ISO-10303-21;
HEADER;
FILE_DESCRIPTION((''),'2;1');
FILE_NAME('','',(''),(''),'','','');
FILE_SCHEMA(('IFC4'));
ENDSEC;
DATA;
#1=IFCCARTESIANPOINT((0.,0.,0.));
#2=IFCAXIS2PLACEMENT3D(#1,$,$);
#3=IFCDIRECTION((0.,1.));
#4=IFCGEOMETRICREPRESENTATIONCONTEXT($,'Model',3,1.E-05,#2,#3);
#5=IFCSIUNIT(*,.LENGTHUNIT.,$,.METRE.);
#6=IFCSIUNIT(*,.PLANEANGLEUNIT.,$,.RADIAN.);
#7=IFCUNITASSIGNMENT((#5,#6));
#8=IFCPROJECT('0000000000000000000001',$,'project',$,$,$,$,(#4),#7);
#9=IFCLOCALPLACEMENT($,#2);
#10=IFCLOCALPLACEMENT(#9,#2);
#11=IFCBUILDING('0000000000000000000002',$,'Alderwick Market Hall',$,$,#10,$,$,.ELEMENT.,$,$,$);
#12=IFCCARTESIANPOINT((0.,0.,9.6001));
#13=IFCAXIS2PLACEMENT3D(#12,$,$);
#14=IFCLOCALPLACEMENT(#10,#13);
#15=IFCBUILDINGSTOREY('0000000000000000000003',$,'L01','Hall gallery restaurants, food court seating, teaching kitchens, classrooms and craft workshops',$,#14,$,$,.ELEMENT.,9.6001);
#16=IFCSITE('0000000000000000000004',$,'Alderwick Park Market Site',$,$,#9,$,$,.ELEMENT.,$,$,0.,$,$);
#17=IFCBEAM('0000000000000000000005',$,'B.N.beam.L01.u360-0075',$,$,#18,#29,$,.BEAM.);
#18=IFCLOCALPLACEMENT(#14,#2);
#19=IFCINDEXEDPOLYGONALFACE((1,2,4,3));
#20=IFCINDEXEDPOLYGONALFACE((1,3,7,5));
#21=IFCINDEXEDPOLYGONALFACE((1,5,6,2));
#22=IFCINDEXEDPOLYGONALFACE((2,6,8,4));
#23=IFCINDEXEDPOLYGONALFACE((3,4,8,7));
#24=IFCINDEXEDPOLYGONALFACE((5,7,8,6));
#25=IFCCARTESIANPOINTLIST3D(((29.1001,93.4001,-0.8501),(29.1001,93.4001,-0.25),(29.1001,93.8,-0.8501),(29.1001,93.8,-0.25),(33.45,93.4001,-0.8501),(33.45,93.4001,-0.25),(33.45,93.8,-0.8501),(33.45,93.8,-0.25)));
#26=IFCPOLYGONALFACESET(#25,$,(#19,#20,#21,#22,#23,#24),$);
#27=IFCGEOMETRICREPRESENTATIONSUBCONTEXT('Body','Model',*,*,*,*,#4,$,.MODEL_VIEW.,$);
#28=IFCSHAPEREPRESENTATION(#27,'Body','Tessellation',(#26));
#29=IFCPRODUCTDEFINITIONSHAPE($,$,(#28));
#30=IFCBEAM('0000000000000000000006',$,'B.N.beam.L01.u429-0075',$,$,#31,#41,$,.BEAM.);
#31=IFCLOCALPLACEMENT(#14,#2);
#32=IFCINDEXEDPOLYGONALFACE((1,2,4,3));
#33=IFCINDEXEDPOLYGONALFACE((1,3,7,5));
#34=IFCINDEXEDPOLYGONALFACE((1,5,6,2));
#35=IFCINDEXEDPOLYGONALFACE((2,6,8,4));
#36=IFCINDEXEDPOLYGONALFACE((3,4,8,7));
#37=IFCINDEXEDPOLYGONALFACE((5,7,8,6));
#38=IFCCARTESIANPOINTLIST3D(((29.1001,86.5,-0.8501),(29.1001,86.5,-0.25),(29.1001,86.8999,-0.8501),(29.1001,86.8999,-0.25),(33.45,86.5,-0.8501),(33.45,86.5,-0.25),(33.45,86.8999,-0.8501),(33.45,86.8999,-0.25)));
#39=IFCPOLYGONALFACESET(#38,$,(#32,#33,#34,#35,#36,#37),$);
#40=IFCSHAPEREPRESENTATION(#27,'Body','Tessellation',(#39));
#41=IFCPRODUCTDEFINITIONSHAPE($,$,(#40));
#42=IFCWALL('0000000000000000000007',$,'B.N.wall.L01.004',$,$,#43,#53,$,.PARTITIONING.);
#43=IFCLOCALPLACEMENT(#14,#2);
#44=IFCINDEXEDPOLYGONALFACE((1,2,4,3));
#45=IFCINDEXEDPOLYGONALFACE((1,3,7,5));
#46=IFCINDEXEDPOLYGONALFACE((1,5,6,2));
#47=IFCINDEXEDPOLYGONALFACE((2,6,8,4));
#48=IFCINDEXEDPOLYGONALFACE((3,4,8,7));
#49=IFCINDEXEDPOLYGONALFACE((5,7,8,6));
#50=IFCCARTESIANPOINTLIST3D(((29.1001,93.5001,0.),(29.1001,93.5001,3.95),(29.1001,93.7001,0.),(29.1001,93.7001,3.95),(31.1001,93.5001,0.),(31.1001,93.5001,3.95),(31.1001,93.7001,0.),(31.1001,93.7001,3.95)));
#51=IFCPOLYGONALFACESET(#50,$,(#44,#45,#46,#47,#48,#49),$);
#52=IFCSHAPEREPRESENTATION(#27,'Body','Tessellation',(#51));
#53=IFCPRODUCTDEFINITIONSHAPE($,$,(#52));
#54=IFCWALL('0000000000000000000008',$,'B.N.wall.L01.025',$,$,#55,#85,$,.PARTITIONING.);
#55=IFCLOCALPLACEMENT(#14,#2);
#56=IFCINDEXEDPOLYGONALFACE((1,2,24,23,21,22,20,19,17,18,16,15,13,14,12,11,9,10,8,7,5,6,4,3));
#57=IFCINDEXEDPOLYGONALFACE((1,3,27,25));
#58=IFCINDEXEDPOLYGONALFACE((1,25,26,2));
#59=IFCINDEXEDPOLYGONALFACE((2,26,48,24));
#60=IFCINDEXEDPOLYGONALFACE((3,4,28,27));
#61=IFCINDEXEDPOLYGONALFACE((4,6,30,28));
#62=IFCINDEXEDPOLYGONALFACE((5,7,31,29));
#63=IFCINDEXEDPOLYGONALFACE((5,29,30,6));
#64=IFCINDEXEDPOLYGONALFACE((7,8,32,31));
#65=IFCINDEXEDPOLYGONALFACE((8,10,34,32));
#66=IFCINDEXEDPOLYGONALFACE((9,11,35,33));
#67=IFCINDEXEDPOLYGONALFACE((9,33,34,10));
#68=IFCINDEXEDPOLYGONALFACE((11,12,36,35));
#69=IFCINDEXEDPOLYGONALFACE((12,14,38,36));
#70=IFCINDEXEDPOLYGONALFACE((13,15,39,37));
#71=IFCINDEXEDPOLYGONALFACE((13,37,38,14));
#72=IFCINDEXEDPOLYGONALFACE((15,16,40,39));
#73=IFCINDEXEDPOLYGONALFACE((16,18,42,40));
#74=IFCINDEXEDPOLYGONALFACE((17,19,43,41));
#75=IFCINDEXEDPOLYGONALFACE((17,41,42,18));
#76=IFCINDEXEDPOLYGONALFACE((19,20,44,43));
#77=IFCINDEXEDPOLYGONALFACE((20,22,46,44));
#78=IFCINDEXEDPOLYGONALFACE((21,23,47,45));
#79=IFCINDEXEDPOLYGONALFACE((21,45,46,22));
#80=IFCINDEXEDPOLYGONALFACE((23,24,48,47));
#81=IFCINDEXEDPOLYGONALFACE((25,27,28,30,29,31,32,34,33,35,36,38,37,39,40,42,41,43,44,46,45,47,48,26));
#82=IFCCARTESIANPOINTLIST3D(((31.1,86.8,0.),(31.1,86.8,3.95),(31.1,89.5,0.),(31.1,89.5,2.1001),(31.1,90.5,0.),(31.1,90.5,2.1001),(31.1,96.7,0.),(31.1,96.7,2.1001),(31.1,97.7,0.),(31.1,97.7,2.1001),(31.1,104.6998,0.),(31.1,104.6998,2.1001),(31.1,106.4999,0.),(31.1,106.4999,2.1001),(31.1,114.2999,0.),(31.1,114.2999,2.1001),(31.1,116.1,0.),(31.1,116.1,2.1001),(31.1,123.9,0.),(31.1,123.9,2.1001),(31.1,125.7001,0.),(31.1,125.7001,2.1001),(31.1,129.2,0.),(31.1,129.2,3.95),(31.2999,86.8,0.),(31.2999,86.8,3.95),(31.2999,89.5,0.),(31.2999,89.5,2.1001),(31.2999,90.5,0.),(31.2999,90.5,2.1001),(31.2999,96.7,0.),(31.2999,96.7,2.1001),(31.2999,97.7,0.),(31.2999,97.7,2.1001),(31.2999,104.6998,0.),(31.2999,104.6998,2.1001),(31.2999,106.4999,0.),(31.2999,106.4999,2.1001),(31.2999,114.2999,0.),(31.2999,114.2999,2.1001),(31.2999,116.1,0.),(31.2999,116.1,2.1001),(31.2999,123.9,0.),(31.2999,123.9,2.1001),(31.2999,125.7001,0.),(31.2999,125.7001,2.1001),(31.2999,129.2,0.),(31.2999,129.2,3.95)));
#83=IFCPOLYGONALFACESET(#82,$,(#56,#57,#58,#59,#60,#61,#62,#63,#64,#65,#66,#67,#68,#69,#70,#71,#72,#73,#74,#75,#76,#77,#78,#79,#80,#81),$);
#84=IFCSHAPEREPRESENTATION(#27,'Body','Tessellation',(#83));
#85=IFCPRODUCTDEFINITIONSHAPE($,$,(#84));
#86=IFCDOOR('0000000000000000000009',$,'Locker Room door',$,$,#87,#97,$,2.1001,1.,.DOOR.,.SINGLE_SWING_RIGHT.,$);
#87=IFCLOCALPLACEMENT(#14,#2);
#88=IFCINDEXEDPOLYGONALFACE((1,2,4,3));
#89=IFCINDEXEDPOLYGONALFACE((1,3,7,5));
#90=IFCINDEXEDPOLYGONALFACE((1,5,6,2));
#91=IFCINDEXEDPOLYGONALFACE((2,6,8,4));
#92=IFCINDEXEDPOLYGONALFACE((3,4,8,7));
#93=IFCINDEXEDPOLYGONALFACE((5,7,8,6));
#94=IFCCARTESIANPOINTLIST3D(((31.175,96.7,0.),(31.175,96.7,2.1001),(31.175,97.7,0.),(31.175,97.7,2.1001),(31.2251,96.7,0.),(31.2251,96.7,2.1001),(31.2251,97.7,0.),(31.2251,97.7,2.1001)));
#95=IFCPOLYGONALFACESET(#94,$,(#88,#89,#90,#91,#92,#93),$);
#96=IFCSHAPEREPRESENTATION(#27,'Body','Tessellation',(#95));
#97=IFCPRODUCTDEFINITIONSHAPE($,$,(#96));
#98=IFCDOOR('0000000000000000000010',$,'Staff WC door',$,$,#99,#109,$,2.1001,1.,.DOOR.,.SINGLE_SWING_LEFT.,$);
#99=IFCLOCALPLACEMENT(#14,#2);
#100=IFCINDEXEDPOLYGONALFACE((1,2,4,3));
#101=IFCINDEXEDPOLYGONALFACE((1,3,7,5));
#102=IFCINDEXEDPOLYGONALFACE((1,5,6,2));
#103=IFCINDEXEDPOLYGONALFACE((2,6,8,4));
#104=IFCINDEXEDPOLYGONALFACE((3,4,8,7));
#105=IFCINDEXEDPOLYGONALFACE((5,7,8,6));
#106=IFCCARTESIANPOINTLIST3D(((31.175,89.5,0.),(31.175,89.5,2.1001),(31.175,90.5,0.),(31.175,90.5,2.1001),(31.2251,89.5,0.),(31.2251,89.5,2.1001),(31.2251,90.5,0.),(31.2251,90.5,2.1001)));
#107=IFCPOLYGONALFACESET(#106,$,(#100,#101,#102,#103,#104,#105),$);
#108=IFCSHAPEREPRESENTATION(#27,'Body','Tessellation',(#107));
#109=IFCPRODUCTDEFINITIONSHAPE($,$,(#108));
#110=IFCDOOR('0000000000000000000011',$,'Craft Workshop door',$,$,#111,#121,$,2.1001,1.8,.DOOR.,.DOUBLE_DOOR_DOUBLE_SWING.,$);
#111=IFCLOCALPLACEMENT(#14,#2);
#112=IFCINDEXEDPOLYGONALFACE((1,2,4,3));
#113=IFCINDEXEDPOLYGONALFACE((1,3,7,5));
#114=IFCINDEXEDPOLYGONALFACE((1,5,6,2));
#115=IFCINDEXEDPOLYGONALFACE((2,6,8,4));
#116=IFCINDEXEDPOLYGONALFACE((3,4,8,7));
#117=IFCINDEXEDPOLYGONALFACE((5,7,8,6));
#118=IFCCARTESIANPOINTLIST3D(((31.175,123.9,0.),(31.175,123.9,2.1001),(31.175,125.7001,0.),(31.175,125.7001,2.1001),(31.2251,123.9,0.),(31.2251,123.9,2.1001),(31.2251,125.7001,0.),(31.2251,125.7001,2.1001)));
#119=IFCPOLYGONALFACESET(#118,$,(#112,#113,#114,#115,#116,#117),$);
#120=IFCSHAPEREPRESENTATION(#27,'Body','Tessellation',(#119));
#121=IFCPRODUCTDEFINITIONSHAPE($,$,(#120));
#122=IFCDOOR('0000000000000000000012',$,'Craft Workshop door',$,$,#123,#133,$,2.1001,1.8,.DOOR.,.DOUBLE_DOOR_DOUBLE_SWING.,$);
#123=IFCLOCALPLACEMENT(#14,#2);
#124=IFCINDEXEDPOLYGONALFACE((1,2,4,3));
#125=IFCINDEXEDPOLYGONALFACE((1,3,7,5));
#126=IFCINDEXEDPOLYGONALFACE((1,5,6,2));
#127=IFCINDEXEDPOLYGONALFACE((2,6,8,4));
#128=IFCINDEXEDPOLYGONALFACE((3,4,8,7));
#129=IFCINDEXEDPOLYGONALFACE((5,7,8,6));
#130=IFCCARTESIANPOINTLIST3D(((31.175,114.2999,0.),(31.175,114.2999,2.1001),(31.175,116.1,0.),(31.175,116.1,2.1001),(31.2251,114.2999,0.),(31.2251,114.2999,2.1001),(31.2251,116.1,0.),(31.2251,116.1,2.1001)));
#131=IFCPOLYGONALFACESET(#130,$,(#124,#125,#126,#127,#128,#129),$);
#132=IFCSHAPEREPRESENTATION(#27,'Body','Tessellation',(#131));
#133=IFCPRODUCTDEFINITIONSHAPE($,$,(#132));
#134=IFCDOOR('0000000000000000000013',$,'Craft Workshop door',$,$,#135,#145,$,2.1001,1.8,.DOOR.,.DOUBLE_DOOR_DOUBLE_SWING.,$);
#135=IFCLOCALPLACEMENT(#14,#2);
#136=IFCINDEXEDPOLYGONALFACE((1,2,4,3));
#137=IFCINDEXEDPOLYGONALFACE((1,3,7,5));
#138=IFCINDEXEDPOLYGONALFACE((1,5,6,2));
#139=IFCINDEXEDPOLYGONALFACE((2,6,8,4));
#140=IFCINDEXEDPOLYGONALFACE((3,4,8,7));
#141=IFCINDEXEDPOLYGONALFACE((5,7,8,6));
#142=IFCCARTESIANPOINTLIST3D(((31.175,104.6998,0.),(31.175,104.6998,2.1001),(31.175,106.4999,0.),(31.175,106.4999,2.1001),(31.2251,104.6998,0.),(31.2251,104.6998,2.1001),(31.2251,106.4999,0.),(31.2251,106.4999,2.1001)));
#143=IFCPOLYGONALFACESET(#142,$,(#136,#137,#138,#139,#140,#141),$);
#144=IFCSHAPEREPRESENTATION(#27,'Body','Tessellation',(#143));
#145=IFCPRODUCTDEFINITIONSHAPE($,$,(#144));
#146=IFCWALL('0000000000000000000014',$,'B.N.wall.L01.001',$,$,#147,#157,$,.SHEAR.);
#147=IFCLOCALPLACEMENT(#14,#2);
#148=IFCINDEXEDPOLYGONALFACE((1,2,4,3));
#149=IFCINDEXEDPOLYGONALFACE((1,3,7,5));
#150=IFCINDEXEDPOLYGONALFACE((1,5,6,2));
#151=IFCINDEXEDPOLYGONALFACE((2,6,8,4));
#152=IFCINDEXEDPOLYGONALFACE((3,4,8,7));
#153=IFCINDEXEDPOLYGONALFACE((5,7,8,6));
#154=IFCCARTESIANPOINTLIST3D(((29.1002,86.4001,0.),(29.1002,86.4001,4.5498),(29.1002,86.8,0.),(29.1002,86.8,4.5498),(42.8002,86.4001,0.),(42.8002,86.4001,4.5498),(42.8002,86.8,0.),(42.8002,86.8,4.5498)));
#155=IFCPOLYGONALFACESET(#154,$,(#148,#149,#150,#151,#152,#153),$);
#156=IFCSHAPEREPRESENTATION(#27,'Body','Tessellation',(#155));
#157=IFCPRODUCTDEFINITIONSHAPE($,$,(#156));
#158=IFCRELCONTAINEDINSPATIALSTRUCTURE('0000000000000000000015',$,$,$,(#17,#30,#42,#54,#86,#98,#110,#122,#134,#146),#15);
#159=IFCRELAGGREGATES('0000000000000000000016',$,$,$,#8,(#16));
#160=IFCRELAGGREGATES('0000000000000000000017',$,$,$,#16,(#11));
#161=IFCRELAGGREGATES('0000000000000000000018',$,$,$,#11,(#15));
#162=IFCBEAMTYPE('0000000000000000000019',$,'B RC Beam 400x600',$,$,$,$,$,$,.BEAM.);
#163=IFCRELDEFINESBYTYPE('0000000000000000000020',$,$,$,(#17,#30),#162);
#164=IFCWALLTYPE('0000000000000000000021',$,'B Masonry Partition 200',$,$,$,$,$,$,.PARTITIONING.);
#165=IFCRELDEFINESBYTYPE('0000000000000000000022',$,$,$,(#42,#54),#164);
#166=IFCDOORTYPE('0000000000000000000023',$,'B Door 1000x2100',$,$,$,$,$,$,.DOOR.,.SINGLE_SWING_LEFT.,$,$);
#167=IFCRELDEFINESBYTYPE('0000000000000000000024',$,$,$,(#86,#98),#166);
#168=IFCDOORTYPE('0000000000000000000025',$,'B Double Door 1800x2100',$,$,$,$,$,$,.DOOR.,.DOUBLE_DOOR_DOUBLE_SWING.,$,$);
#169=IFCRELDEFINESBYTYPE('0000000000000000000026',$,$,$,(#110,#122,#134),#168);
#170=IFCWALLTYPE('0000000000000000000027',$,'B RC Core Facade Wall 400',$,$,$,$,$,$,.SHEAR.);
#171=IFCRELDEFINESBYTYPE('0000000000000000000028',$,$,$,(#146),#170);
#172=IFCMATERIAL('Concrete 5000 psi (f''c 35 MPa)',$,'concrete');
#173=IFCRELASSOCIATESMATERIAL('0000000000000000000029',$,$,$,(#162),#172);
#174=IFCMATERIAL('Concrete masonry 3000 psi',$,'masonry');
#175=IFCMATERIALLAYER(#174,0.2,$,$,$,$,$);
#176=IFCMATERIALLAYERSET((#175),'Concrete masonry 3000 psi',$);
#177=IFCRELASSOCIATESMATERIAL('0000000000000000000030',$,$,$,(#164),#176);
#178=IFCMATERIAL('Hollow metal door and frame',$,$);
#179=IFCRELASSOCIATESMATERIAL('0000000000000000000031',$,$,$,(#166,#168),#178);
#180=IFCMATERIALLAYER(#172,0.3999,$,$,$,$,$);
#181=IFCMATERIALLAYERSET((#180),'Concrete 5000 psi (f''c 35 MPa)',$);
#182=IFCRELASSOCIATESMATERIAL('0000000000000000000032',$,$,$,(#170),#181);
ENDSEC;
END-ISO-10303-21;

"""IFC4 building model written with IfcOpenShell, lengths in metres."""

from ifc_helpers import new_model, si_unit, direction, frame, frame_2d, origin, origin_2d, place, context, subcontext, project, spatial, rectangle, extrude, material, layer, layer_set, material_profile, profile_set, type_object, element, fill, save


model = new_model("IFC4")

# Units and contexts
model_context = context("Model", 3, precision=1e-05, world=origin(), true_north=direction((0.0, 1.0)))
body_context = subcontext(model_context, "Body", "Model", "MODEL_VIEW")
ifc_project = project(units=[si_unit("LENGTHUNIT", "METRE"), si_unit("PLANEANGLEUNIT", "RADIAN")], contexts=[model_context])

# Site, building, storey
site_placement = place(None, origin())
site = spatial("IfcSite", under=ifc_project, at=site_placement, Name="Alderwick Park Market Site", CompositionType="ELEMENT", RefElevation=0.0)
building_placement = place(site_placement, origin())
building = spatial("IfcBuilding", under=site, at=building_placement, Name="Alderwick Market Hall", CompositionType="ELEMENT")
storey_placement = place(building_placement, frame((0.0, 0.0, 9.6001)))
storey = spatial("IfcBuildingStorey", under=building, at=storey_placement, Name="L01", Description="Hall gallery restaurants, food court seating, teaching kitchens, classrooms and craft workshops", CompositionType="ELEMENT", Elevation=9.6001)

# Beams
ifc_material_1 = material(Name="Concrete 5000 psi (f'c 35 MPa)", Category="concrete")
ifc_material_profile = material_profile(ifc_material_1, rectangle(XDim=0.3999, YDim=0.6001, at=origin_2d()), Name="B RC Beam 400x600")
ifc_profile_set = profile_set([ifc_material_profile], Name="Concrete 5000 psi (f'c 35 MPa)")
beam_type = type_object("IfcBeamType", Name="B RC Beam 400x600", PredefinedType="BEAM", material=ifc_profile_set)
for number, where, z_axis, x_axis, name in (
    (1, (29.1001, 93.6001, -0.55), (1.0, 0.0, 0.0), (0.0, 1.0, 0.0), "B.N.beam.L01.u360-0075"),
    (2, (29.1001, 86.7, -0.55), (1.0, 0.0, 0.0), (0.0, 1.0, 0.0), "B.N.beam.L01.u429-0075"),
):
    element("IfcBeam", number, at=place(storey_placement, frame(where, z_axis=z_axis, x_axis=x_axis)), inside=storey, type_object=beam_type, Name=name, PredefinedType="BEAM", context=body_context, shape_type="SweptSolid", body=[
        extrude(rectangle(XDim=0.3999, YDim=0.6001, at=origin_2d()), origin(), (0.0, 0.0, 1.0), 4.3499),
    ])

# Wall
ifc_material_2 = material(Name="Concrete masonry 3000 psi", Category="masonry")
ifc_layer_1 = layer(ifc_material_2, 0.2)
ifc_layer_set_1 = layer_set([ifc_layer_1], Name="Concrete masonry 3000 psi")
wall_type_1 = type_object("IfcWallType", Name="B Masonry Partition 200", PredefinedType="PARTITIONING", material=ifc_layer_set_1)
wall_1_placement = place(storey_placement, frame((29.1001, 93.6001, 0.0), z_axis=(0.0, 0.0, 1.0), x_axis=(1.0, 0.0, 0.0)))
element("IfcWall", 3, at=wall_1_placement, inside=storey, type_object=wall_type_1, Name="B.N.wall.L01.004", PredefinedType="PARTITIONING", context=body_context, shape_type="SweptSolid", body=[
    extrude(rectangle(XDim=2.0, YDim=0.2, at=frame_2d((1.0, 0.0))), origin(), (0.0, 0.0, 1.0), 3.95),
])

# Wall, openings, doors
wall_2_placement = place(storey_placement, frame((31.2, 86.8, 0.0), z_axis=(0.0, 0.0, 1.0), x_axis=(0.0, 1.0, 0.0)))
wall_2 = element("IfcWall", 4, at=wall_2_placement, inside=storey, type_object=wall_type_1, Name="B.N.wall.L01.025", PredefinedType="PARTITIONING", context=body_context, shape_type="SweptSolid", body=[
    extrude(rectangle(XDim=42.3999, YDim=0.2, at=frame_2d((21.2, 0.0))), origin(), (0.0, 0.0, 1.0), 3.95),
])
opening_1_placement = place(wall_2_placement, frame((37.1001, 0.0, 0.0)))
opening_1 = element("IfcOpeningElement", 5, at=opening_1_placement, cuts=wall_2, PredefinedType="OPENING", context=body_context, shape_type="SweptSolid", body=[
    extrude(rectangle(XDim=1.8, YDim=2.1001, at=frame_2d((0.8999, 1.05))), frame((0.0, 0.1099, 0.0), z_axis=(0.0, -1.0, 0.0), x_axis=(1.0, 0.0, 0.0)), (0.0, 0.0, 1.0), 0.22),
])
opening_2_placement = place(wall_2_placement, frame((27.5, 0.0, 0.0)))
opening_2 = element("IfcOpeningElement", 6, at=opening_2_placement, cuts=wall_2, PredefinedType="OPENING", context=body_context, shape_type="SweptSolid", body=[
    extrude(rectangle(XDim=1.8, YDim=2.1001, at=frame_2d((0.8999, 1.05))), frame((0.0, 0.1099, 0.0), z_axis=(0.0, -1.0, 0.0), x_axis=(1.0, 0.0, 0.0)), (0.0, 0.0, 1.0), 0.22),
])
opening_3_placement = place(wall_2_placement, frame((17.8999, 0.0, 0.0)))
opening_3 = element("IfcOpeningElement", 7, at=opening_3_placement, cuts=wall_2, PredefinedType="OPENING", context=body_context, shape_type="SweptSolid", body=[
    extrude(rectangle(XDim=1.8, YDim=2.1001, at=frame_2d((0.8999, 1.05))), frame((0.0, 0.1099, 0.0), z_axis=(0.0, -1.0, 0.0), x_axis=(1.0, 0.0, 0.0)), (0.0, 0.0, 1.0), 0.22),
])
opening_4_placement = place(wall_2_placement, frame((9.8999, 0.0, 0.0)))
opening_4 = element("IfcOpeningElement", 8, at=opening_4_placement, cuts=wall_2, PredefinedType="OPENING", context=body_context, shape_type="SweptSolid", body=[
    extrude(rectangle(XDim=1.0, YDim=2.1001, at=frame_2d((0.5, 1.05))), frame((0.0, 0.1099, 0.0), z_axis=(0.0, -1.0, 0.0), x_axis=(1.0, 0.0, 0.0)), (0.0, 0.0, 1.0), 0.22),
])
opening_5_placement = place(wall_2_placement, frame((2.7, 0.0, 0.0)))
opening_5 = element("IfcOpeningElement", 9, at=opening_5_placement, cuts=wall_2, PredefinedType="OPENING", context=body_context, shape_type="SweptSolid", body=[
    extrude(rectangle(XDim=1.0, YDim=2.1001, at=frame_2d((0.5, 1.05))), frame((0.0, 0.1099, 0.0), z_axis=(0.0, -1.0, 0.0), x_axis=(1.0, 0.0, 0.0)), (0.0, 0.0, 1.0), 0.22),
])
ifc_material_3 = material(Name="Hollow metal door and frame")
door_type_1 = type_object("IfcDoorType", Name="B Door 1000x2100", OperationType="SINGLE_SWING_LEFT", PredefinedType="DOOR", material=ifc_material_3)
door_1_placement = place(opening_4_placement, origin())
door_1 = element("IfcDoor", 10, at=door_1_placement, inside=storey, type_object=door_type_1, Name="Locker Room door", OperationType="SINGLE_SWING_RIGHT", OverallHeight=2.1001, OverallWidth=1.0, PredefinedType="DOOR", context=body_context, shape_type="SweptSolid", body=[
    extrude(rectangle(XDim=1.0, YDim=2.1001, at=frame_2d((0.5, 1.05))), frame((0.0, 0.0249, 0.0), z_axis=(0.0, -1.0, 0.0), x_axis=(1.0, 0.0, 0.0)), (0.0, 0.0, 1.0), 0.05),
])
fill(opening_4, door_1)
door_2_placement = place(opening_5_placement, origin())
door_2 = element("IfcDoor", 11, at=door_2_placement, inside=storey, type_object=door_type_1, Name="Staff WC door", OperationType="SINGLE_SWING_LEFT", OverallHeight=2.1001, OverallWidth=1.0, PredefinedType="DOOR", context=body_context, shape_type="SweptSolid", body=[
    extrude(rectangle(XDim=1.0, YDim=2.1001, at=frame_2d((0.5, 1.05))), frame((0.0, 0.0249, 0.0), z_axis=(0.0, -1.0, 0.0), x_axis=(1.0, 0.0, 0.0)), (0.0, 0.0, 1.0), 0.05),
])
fill(opening_5, door_2)
door_type_2 = type_object("IfcDoorType", Name="B Double Door 1800x2100", OperationType="DOUBLE_DOOR_DOUBLE_SWING", PredefinedType="DOOR", material=ifc_material_3)
door_3_placement = place(opening_1_placement, origin())
door_3 = element("IfcDoor", 12, at=door_3_placement, inside=storey, type_object=door_type_2, Name="Craft Workshop door", OperationType="DOUBLE_DOOR_DOUBLE_SWING", OverallHeight=2.1001, OverallWidth=1.8, PredefinedType="DOOR", context=body_context, shape_type="SweptSolid", body=[
    extrude(rectangle(XDim=1.8, YDim=2.1001, at=frame_2d((0.8999, 1.05))), frame((0.0, 0.0249, 0.0), z_axis=(0.0, -1.0, 0.0), x_axis=(1.0, 0.0, 0.0)), (0.0, 0.0, 1.0), 0.05),
])
fill(opening_1, door_3)
door_4_placement = place(opening_2_placement, origin())
door_4 = element("IfcDoor", 13, at=door_4_placement, inside=storey, type_object=door_type_2, Name="Craft Workshop door", OperationType="DOUBLE_DOOR_DOUBLE_SWING", OverallHeight=2.1001, OverallWidth=1.8, PredefinedType="DOOR", context=body_context, shape_type="SweptSolid", body=[
    extrude(rectangle(XDim=1.8, YDim=2.1001, at=frame_2d((0.8999, 1.05))), frame((0.0, 0.0249, 0.0), z_axis=(0.0, -1.0, 0.0), x_axis=(1.0, 0.0, 0.0)), (0.0, 0.0, 1.0), 0.05),
])
fill(opening_2, door_4)
door_5_placement = place(opening_3_placement, origin())
door_5 = element("IfcDoor", 14, at=door_5_placement, inside=storey, type_object=door_type_2, Name="Craft Workshop door", OperationType="DOUBLE_DOOR_DOUBLE_SWING", OverallHeight=2.1001, OverallWidth=1.8, PredefinedType="DOOR", context=body_context, shape_type="SweptSolid", body=[
    extrude(rectangle(XDim=1.8, YDim=2.1001, at=frame_2d((0.8999, 1.05))), frame((0.0, 0.0249, 0.0), z_axis=(0.0, -1.0, 0.0), x_axis=(1.0, 0.0, 0.0)), (0.0, 0.0, 1.0), 0.05),
])
fill(opening_3, door_5)

# Wall
ifc_layer_2 = layer(ifc_material_1, 0.3999)
ifc_layer_set_2 = layer_set([ifc_layer_2], Name="Concrete 5000 psi (f'c 35 MPa)")
wall_type_2 = type_object("IfcWallType", Name="B RC Core Facade Wall 400", PredefinedType="SHEAR", material=ifc_layer_set_2)
wall_3_placement = place(storey_placement, frame((29.1001, 86.6001, 0.0), z_axis=(0.0, 0.0, 1.0), x_axis=(1.0, 0.0, 0.0)))
element("IfcWall", 15, at=wall_3_placement, inside=storey, type_object=wall_type_2, Name="B.N.wall.L01.001", PredefinedType="SHEAR", context=body_context, shape_type="SweptSolid", body=[
    extrude(rectangle(XDim=13.7, YDim=0.3999, at=frame_2d((6.8501, 0.0))), origin(), (0.0, 0.0, 1.0), 4.5498),
])

save(model, "model.ifc")
